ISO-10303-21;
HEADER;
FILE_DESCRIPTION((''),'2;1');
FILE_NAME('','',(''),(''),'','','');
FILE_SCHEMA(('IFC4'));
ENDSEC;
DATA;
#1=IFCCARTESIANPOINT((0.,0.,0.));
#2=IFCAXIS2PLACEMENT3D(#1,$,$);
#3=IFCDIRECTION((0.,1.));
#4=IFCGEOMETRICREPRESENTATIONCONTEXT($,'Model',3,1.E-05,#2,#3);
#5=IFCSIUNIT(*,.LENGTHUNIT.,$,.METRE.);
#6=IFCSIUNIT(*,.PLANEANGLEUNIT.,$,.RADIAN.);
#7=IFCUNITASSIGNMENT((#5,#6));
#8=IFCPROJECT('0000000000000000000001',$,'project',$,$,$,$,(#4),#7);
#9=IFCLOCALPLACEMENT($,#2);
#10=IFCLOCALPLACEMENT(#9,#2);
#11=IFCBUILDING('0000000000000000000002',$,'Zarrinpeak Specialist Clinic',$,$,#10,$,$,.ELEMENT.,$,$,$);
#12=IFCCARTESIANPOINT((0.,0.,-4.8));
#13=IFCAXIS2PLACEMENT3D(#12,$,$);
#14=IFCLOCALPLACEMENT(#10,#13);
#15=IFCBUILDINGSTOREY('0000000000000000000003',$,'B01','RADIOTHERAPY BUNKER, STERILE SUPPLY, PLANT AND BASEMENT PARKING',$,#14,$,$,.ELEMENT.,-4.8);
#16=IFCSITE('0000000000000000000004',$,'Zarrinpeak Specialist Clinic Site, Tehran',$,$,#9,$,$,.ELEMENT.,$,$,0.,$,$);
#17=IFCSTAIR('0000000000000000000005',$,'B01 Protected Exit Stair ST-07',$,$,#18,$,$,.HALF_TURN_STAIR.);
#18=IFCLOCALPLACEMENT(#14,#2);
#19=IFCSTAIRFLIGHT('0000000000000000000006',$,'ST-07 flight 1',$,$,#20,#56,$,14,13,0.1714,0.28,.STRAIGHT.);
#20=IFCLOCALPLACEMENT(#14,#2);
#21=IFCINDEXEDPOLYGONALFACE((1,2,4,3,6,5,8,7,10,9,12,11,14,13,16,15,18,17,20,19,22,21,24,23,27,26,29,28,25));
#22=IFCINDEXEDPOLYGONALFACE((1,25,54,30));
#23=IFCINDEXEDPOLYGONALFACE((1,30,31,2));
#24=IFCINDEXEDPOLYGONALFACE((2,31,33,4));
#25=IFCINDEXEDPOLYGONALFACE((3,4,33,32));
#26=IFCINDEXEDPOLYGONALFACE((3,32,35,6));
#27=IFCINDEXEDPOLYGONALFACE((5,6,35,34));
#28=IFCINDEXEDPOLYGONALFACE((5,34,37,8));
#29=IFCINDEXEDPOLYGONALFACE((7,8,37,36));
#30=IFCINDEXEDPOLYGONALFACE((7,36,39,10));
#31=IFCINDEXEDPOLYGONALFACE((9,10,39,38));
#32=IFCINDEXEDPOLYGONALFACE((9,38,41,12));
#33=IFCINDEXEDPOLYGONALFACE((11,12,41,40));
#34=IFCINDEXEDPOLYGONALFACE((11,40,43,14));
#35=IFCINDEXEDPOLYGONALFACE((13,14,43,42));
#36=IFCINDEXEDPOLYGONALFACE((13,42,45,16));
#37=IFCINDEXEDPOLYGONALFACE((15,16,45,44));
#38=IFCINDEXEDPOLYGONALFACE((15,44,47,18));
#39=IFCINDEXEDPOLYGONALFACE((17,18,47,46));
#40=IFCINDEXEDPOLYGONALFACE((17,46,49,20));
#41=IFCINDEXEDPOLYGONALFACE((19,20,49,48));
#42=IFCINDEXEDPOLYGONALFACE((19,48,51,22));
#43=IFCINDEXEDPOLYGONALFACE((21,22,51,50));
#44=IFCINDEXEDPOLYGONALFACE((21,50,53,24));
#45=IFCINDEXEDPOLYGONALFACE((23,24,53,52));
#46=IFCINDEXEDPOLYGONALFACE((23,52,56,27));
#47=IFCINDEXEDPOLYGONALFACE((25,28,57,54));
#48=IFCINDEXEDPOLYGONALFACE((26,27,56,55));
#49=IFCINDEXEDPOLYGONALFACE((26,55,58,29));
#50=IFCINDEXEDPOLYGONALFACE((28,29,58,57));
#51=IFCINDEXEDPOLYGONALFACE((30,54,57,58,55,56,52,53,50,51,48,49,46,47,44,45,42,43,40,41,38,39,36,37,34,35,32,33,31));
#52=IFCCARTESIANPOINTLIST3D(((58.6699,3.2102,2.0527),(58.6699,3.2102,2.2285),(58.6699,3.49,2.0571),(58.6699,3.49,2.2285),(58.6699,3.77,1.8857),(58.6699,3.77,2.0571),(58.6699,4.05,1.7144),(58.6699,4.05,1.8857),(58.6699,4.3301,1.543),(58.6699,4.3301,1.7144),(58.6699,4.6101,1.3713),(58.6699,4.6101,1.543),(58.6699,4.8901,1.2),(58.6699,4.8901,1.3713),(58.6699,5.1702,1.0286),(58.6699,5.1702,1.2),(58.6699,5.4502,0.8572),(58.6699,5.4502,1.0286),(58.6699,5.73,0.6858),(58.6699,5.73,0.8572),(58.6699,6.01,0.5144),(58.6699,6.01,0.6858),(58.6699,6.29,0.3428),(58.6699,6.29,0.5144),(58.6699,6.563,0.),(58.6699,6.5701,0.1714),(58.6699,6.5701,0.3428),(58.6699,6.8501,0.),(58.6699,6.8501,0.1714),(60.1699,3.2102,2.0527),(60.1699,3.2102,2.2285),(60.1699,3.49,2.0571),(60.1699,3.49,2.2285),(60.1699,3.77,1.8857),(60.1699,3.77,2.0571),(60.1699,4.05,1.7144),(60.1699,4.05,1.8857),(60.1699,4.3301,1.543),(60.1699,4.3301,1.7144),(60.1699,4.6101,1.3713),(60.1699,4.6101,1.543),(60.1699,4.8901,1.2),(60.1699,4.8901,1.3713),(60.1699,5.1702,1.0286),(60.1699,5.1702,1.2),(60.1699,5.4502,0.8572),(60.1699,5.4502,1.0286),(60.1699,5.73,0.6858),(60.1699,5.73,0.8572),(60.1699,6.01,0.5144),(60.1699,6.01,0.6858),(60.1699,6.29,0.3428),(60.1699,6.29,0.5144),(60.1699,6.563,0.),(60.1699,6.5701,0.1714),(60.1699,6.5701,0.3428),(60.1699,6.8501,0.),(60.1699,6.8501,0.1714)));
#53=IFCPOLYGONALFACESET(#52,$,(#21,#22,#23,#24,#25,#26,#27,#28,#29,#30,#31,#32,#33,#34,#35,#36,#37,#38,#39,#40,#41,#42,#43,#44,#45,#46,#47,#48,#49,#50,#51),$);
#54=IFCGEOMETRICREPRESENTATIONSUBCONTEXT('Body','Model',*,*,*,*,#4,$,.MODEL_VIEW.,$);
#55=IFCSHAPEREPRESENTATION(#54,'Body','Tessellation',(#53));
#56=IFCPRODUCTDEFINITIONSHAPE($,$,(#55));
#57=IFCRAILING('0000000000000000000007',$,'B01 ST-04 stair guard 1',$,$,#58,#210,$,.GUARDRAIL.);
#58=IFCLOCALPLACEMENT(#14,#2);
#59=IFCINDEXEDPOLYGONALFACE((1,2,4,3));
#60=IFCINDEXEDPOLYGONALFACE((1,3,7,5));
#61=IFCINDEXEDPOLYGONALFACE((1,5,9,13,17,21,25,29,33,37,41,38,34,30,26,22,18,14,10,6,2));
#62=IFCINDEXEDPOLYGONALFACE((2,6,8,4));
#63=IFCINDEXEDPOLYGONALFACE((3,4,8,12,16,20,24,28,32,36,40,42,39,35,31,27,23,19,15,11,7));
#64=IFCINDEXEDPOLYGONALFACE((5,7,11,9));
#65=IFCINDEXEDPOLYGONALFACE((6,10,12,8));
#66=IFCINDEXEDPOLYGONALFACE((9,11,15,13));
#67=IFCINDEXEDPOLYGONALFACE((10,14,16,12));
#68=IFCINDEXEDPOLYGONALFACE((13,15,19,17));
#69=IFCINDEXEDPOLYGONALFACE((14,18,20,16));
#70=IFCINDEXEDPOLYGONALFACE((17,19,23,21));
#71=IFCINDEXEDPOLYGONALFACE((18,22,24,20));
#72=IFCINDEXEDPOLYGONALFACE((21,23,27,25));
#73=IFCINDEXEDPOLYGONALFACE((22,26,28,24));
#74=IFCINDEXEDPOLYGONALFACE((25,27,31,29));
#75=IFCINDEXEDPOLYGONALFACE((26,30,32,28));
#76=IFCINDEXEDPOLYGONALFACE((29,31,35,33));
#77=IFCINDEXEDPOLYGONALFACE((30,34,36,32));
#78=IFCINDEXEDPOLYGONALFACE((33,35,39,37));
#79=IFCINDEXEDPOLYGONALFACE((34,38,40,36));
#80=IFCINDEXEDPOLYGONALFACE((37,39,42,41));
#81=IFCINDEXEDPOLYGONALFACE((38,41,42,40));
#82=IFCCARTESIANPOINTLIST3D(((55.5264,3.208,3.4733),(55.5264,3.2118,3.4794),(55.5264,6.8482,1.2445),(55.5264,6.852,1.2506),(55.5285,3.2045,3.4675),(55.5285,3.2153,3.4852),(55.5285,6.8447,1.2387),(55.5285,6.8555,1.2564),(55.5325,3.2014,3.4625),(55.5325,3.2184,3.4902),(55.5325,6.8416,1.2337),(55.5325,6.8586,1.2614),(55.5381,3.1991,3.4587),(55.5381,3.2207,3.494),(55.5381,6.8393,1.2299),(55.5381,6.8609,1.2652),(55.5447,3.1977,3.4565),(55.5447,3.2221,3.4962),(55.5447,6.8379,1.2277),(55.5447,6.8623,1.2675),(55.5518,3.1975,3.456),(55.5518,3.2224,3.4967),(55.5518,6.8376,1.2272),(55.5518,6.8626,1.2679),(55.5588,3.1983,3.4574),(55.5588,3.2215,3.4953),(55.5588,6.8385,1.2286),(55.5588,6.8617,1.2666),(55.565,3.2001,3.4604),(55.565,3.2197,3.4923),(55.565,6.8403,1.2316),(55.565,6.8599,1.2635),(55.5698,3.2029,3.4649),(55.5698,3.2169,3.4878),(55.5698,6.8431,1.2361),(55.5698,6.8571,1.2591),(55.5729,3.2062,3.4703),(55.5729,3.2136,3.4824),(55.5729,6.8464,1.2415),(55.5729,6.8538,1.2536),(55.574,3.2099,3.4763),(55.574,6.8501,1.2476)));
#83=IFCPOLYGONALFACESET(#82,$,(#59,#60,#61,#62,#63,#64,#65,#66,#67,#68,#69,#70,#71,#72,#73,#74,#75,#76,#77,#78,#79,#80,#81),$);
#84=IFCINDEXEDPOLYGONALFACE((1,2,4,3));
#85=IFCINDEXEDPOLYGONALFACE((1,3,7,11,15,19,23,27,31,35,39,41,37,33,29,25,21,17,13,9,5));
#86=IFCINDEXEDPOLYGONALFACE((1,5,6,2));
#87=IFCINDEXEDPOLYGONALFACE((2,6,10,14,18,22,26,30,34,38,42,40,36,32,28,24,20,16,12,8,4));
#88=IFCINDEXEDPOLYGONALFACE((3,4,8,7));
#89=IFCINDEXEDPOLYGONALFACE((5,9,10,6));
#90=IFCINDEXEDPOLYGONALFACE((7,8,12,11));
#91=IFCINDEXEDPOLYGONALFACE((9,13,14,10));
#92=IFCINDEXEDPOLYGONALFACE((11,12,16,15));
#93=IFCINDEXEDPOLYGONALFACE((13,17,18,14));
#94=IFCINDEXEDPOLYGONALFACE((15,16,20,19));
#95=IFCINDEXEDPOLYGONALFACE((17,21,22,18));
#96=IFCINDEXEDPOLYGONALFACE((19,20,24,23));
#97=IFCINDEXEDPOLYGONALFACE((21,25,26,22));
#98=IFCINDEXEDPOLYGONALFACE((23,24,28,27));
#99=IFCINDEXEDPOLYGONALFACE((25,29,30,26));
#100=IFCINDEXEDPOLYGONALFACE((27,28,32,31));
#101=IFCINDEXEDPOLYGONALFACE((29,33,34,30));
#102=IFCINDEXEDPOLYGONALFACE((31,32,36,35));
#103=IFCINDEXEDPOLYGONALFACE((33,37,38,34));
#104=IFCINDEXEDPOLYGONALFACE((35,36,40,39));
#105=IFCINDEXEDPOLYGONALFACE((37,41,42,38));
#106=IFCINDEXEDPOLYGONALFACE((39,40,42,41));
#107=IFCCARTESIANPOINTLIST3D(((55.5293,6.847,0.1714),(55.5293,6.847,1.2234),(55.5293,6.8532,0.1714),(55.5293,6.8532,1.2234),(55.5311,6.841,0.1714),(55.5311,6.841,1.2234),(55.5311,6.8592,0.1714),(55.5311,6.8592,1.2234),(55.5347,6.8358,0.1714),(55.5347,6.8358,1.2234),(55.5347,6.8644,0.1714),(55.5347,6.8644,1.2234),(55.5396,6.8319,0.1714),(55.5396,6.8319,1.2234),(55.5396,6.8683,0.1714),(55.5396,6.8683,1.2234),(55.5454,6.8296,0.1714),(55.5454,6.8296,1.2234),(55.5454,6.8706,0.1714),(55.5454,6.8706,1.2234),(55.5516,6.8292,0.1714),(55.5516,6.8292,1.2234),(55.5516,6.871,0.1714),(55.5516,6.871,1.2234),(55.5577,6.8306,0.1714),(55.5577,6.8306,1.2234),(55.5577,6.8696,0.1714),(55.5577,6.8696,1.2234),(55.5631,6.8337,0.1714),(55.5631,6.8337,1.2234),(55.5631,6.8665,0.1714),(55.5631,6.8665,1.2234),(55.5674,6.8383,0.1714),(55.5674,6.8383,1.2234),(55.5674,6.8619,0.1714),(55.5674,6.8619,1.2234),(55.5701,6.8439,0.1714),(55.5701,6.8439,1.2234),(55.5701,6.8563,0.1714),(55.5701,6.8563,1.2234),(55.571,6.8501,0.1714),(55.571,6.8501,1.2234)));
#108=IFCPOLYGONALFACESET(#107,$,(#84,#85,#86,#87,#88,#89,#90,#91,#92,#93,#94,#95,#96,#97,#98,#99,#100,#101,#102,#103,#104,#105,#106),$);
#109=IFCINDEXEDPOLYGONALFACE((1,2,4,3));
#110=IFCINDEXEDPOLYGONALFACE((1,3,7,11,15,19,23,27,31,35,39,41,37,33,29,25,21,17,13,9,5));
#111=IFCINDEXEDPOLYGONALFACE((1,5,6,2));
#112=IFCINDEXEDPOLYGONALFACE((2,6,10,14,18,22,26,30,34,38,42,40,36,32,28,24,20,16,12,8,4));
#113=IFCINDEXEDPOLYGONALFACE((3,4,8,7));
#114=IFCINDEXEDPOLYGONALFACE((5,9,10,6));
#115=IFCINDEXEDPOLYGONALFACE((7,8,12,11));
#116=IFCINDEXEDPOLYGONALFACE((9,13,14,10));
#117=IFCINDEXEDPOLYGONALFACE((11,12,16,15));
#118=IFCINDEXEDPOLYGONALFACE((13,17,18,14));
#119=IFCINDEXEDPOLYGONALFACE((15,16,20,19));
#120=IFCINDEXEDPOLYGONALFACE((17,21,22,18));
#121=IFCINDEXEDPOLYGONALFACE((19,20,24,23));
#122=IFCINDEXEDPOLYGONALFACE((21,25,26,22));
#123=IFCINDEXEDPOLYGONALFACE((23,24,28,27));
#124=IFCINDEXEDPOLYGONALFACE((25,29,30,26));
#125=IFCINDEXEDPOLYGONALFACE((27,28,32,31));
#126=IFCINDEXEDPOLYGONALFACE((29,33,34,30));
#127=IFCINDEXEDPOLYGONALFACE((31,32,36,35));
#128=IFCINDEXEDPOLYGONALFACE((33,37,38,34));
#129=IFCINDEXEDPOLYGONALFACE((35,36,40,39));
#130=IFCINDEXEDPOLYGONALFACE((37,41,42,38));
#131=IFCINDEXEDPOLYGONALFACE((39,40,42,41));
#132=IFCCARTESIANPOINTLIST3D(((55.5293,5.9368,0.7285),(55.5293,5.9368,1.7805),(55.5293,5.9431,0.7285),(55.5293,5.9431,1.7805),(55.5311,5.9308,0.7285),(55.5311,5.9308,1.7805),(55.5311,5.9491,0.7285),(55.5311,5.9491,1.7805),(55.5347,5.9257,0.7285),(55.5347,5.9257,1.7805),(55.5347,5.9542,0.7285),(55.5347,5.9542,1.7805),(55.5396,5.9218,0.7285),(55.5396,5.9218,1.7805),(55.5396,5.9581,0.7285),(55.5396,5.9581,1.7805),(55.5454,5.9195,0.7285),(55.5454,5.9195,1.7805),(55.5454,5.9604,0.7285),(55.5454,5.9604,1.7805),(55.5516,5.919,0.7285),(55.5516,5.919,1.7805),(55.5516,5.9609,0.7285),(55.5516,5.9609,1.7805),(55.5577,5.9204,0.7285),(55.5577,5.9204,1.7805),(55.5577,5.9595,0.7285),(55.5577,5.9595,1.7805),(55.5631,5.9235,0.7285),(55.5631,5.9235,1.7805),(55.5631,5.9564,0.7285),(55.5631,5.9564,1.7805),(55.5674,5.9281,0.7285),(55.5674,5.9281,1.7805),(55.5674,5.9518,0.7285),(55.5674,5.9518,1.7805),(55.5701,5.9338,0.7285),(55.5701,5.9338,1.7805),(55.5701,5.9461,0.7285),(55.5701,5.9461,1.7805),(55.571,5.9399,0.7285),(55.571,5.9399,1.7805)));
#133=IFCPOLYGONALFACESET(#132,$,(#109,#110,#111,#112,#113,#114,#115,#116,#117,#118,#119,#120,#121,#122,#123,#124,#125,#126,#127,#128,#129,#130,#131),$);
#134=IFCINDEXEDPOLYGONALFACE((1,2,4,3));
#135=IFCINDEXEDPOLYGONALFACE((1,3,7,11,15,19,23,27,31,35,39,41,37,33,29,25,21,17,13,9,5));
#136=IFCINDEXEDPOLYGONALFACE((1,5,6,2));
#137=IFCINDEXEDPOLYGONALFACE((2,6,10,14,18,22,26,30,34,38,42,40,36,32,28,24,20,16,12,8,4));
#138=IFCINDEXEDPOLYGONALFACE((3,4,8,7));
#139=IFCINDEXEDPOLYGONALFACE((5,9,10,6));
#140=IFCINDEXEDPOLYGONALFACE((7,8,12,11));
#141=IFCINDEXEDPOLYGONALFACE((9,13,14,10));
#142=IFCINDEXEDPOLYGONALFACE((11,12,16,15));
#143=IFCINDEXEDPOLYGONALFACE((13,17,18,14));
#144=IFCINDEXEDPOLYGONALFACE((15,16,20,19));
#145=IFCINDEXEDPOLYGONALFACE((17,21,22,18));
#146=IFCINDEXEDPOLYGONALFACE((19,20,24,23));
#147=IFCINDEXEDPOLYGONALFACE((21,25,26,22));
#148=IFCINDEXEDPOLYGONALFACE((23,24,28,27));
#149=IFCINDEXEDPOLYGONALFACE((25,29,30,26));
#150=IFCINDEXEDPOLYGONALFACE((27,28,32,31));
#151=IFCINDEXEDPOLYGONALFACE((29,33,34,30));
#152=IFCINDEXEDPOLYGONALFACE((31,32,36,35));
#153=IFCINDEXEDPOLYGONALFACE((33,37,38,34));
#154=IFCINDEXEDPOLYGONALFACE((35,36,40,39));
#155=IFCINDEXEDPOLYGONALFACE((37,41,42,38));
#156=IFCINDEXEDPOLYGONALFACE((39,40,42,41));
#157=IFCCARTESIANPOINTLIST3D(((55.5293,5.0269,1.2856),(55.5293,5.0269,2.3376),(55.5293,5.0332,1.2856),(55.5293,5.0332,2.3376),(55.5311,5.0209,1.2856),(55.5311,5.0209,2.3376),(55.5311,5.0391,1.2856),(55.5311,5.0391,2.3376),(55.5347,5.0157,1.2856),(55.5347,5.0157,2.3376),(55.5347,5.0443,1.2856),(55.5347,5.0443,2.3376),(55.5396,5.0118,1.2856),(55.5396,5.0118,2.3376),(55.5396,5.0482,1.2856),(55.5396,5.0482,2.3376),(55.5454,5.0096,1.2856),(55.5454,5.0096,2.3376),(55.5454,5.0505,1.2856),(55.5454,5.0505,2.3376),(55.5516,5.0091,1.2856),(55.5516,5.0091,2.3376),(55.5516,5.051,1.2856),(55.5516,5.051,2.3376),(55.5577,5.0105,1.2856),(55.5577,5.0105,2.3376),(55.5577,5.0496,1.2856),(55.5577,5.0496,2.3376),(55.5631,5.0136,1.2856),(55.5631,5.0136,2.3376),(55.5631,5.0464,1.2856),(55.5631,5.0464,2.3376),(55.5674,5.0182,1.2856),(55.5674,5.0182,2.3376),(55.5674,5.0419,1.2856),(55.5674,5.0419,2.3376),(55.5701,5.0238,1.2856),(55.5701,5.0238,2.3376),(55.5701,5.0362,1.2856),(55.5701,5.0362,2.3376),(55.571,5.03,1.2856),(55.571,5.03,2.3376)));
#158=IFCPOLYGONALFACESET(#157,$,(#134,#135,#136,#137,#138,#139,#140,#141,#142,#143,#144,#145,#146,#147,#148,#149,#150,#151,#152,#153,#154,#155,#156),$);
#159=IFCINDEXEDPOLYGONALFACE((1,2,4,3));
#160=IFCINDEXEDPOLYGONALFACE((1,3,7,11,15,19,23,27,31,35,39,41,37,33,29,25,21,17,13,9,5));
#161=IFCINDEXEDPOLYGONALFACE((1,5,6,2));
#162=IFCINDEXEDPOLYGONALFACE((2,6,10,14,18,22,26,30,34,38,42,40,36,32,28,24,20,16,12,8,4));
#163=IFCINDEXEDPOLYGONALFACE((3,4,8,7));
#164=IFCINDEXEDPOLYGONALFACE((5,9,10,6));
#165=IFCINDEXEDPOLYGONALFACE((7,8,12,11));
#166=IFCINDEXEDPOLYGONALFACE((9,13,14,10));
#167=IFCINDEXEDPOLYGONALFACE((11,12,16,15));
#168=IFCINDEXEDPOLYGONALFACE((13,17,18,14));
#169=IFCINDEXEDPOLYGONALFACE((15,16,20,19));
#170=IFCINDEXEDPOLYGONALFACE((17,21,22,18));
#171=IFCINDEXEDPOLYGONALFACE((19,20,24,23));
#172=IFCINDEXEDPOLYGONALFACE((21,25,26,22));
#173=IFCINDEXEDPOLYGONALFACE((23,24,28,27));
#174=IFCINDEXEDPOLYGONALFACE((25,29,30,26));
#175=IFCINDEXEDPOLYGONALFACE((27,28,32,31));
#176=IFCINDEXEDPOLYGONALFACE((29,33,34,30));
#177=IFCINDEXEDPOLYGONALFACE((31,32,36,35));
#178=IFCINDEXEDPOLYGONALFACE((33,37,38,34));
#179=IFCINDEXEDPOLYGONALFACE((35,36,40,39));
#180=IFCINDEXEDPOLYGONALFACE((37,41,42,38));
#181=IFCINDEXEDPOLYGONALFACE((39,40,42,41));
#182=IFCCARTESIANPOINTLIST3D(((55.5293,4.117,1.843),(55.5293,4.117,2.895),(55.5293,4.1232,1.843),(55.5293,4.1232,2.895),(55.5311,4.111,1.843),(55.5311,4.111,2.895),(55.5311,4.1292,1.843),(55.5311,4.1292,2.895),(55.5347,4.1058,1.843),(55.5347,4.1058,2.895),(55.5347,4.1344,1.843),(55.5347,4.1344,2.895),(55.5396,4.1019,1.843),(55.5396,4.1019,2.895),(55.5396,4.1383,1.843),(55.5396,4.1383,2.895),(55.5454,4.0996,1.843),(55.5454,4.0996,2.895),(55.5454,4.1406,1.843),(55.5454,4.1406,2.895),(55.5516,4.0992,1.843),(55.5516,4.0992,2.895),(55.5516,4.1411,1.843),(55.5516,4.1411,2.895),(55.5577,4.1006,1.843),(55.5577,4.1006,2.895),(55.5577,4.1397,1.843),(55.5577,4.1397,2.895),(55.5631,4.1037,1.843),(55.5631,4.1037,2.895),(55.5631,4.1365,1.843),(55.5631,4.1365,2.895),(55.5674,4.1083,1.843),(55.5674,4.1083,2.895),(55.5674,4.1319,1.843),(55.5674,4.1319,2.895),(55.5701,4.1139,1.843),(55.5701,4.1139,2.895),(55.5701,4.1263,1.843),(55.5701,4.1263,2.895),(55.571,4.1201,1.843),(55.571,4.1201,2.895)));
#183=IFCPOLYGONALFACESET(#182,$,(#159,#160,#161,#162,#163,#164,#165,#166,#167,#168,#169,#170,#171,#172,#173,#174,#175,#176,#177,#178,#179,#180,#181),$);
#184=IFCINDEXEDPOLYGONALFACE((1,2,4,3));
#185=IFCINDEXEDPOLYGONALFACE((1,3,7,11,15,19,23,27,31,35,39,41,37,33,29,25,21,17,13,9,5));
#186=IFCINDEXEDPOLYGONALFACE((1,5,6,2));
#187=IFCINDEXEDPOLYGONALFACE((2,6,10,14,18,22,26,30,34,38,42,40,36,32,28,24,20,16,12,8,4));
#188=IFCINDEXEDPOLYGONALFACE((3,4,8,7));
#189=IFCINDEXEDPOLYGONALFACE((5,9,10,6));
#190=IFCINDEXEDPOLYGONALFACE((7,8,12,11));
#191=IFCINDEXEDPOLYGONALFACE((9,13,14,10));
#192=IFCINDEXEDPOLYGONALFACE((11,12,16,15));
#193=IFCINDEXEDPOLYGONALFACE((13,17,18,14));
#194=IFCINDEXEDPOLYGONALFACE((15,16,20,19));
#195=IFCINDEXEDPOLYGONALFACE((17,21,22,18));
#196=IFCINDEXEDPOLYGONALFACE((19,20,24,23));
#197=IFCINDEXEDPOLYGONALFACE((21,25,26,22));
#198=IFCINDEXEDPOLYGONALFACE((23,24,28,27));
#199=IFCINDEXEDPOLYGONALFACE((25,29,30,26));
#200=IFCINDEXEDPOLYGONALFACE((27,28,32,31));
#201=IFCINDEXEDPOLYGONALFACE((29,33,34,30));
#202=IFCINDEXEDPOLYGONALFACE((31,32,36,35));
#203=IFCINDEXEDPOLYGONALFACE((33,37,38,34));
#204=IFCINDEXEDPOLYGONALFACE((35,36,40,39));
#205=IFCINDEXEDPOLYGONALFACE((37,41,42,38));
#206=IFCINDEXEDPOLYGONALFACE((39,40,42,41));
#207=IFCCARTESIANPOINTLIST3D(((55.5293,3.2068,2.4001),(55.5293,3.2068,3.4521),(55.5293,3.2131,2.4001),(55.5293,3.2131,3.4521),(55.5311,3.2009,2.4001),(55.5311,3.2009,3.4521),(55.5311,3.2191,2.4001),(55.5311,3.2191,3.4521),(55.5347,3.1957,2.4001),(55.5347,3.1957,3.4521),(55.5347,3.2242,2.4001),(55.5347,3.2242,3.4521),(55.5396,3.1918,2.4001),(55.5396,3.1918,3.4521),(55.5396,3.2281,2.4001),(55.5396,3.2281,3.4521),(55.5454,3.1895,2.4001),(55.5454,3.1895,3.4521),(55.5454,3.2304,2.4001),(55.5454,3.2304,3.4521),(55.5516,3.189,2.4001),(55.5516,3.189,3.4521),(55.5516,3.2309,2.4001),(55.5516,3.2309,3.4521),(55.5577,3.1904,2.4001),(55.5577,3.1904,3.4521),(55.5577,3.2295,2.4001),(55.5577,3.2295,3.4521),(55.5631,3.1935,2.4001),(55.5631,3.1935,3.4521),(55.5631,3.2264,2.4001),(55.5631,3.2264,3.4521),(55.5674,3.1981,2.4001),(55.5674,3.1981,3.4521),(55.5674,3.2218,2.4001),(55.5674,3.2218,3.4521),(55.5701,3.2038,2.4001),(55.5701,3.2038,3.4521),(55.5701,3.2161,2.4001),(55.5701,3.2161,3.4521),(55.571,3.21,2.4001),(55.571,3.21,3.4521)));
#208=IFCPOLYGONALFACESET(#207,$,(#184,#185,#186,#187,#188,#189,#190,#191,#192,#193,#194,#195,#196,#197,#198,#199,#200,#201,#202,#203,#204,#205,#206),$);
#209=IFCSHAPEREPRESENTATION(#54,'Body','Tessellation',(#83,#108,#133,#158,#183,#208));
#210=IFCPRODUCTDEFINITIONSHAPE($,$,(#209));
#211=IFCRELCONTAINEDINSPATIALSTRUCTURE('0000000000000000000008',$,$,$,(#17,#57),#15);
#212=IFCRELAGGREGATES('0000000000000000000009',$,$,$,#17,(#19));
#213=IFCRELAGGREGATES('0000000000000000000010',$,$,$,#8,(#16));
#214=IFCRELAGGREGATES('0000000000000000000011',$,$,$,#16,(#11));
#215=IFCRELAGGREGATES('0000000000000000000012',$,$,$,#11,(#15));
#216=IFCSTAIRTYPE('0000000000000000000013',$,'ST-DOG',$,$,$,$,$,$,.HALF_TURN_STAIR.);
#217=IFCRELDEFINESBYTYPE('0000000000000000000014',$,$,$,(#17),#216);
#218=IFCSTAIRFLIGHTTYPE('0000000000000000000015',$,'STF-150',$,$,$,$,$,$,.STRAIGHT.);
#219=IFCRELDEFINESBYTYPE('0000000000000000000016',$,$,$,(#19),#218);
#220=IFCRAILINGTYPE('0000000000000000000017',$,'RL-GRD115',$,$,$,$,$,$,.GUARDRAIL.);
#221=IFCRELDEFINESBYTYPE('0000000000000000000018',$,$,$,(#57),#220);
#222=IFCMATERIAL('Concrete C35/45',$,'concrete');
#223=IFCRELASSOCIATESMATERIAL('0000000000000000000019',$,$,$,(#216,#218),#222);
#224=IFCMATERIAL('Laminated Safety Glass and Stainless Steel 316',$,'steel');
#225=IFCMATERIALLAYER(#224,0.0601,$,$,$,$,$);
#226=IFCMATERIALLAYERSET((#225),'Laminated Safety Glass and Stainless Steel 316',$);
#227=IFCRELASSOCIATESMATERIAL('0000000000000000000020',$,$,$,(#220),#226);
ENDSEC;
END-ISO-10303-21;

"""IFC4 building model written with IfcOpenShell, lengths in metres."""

from ifc_helpers import new_model, si_unit, direction, frame, origin, origin_2d, place, context, subcontext, project, spatial, polyline, circle, outline, extrude, material, layer, layer_set, type_object, element, aggregate, save


model = new_model("IFC4")

# Units and contexts
model_context = context("Model", 3, precision=1e-05, world=origin(), true_north=direction((0.0, 1.0)))
body_context = subcontext(model_context, "Body", "Model", "MODEL_VIEW")
ifc_project = project(units=[si_unit("LENGTHUNIT", "METRE"), si_unit("PLANEANGLEUNIT", "RADIAN")], contexts=[model_context])

# Site, building, storey
site_placement = place(None, origin())
site = spatial("IfcSite", under=ifc_project, at=site_placement, Name="Zarrinpeak Specialist Clinic Site, Tehran", CompositionType="ELEMENT", RefElevation=0.0)
building_placement = place(site_placement, origin())
building = spatial("IfcBuilding", under=site, at=building_placement, Name="Zarrinpeak Specialist Clinic", CompositionType="ELEMENT")
storey_placement = place(building_placement, frame((0.0, 0.0, -4.8)))
storey = spatial("IfcBuildingStorey", under=building, at=storey_placement, Name="B01", Description="RADIOTHERAPY BUNKER, STERILE SUPPLY, PLANT AND BASEMENT PARKING", CompositionType="ELEMENT", Elevation=-4.8)

# Stair, stair flight
ifc_material_1 = material(Name="Concrete C35/45", Category="concrete")
stair_type = type_object("IfcStairType", Name="ST-DOG", PredefinedType="HALF_TURN_STAIR", material=ifc_material_1)
stair_flight_type = type_object("IfcStairFlightType", Name="STF-150", PredefinedType="STRAIGHT", material=ifc_material_1)
stair_1_placement = place(storey_placement, origin())
stair_1 = element("IfcStair", 1, at=stair_1_placement, inside=storey, type_object=stair_type, Name="B01 Protected Exit Stair ST-07", PredefinedType="HALF_TURN_STAIR")
stair_flight_1_placement = place(storey_placement, frame((59.4199, 6.8501, 0.0), z_axis=(0.0, 0.0, 1.0), x_axis=(0.0, -1.0, 0.0)))
stair_flight_1 = element("IfcStairFlight", 2, at=stair_flight_1_placement, type_object=stair_flight_type, Name="ST-07 flight 1", NumberOfRisers=14, NumberOfTreads=13, PredefinedType="STRAIGHT", RiserHeight=0.1714, TreadLength=0.28, context=body_context, shape_type="SweptSolid", body=[
    extrude(outline(polyline([(0.0, 0.0), (0.0, 0.1714), (0.28, 0.1714), (0.28, 0.3428), (0.5601, 0.3428), (0.5601, 0.5144), (0.8401, 0.5144), (0.8401, 0.6858), (1.1201, 0.6858), (1.1201, 0.8572), (1.3999, 0.8572), (1.3999, 1.0286), (1.6799, 1.0286), (1.6799, 1.2), (1.96, 1.2), (1.96, 1.3713), (2.24, 1.3713), (2.24, 1.543), (2.52, 1.543), (2.52, 1.7144), (2.8, 1.7144), (2.8, 1.8857), (3.0801, 1.8857), (3.0801, 2.0571), (3.3601, 2.0571), (3.3601, 2.2285), (3.6399, 2.2285), (3.6399, 2.3999), (3.6399, 2.0527), (0.2871, 0.0), (0.0, 0.0)])), frame((0.0, 0.75, 0.0), z_axis=(0.0, -1.0, 0.0), x_axis=(1.0, 0.0, 0.0)), (0.0, 0.0, 1.0), 1.5),
])
aggregate(stair_1, [stair_flight_1])

# Railing
ifc_material_2 = material(Name="Laminated Safety Glass and Stainless Steel 316", Category="steel")
ifc_layer_1 = layer(ifc_material_2, 0.0601)
ifc_layer_set_1 = layer_set([ifc_layer_1], Name="Laminated Safety Glass and Stainless Steel 316")
railing_type_1 = type_object("IfcRailingType", Name="RL-GRD115", PredefinedType="GUARDRAIL", material=ifc_layer_set_1)
railing_1_placement = place(storey_placement, frame((55.55, 6.8501, 0.1714)))
element("IfcRailing", 3, at=railing_1_placement, inside=storey, type_object=railing_type_1, Name="B01 ST-04 stair guard 1", PredefinedType="GUARDRAIL", context=body_context, shape_type="SweptSolid", body=[
    extrude(circle(Radius=0.0239, at=origin_2d()), frame((0.0, 0.0, 1.0762), z_axis=(0.0, -0.85284, 0.522172), x_axis=(1.0, 0.0, 0.0)), (0.0, 0.0, 1.0), 4.2683),
    extrude(circle(Radius=0.021, at=origin_2d()), origin(), (0.0, 0.0, 1.0), 1.052),
    extrude(circle(Radius=0.021, at=origin_2d()), frame((0.0, -0.9102, 0.5571)), (0.0, 0.0, 1.0), 1.052),
    extrude(circle(Radius=0.021, at=origin_2d()), frame((0.0, -1.8201, 1.1143)), (0.0, 0.0, 1.0), 1.052),
    extrude(circle(Radius=0.021, at=origin_2d()), frame((0.0, -2.73, 1.6716)), (0.0, 0.0, 1.0), 1.052),
    extrude(circle(Radius=0.021, at=origin_2d()), frame((0.0, -3.6401, 2.2288)), (0.0, 0.0, 1.0), 1.052),
])

save(model, "model.ifc")
